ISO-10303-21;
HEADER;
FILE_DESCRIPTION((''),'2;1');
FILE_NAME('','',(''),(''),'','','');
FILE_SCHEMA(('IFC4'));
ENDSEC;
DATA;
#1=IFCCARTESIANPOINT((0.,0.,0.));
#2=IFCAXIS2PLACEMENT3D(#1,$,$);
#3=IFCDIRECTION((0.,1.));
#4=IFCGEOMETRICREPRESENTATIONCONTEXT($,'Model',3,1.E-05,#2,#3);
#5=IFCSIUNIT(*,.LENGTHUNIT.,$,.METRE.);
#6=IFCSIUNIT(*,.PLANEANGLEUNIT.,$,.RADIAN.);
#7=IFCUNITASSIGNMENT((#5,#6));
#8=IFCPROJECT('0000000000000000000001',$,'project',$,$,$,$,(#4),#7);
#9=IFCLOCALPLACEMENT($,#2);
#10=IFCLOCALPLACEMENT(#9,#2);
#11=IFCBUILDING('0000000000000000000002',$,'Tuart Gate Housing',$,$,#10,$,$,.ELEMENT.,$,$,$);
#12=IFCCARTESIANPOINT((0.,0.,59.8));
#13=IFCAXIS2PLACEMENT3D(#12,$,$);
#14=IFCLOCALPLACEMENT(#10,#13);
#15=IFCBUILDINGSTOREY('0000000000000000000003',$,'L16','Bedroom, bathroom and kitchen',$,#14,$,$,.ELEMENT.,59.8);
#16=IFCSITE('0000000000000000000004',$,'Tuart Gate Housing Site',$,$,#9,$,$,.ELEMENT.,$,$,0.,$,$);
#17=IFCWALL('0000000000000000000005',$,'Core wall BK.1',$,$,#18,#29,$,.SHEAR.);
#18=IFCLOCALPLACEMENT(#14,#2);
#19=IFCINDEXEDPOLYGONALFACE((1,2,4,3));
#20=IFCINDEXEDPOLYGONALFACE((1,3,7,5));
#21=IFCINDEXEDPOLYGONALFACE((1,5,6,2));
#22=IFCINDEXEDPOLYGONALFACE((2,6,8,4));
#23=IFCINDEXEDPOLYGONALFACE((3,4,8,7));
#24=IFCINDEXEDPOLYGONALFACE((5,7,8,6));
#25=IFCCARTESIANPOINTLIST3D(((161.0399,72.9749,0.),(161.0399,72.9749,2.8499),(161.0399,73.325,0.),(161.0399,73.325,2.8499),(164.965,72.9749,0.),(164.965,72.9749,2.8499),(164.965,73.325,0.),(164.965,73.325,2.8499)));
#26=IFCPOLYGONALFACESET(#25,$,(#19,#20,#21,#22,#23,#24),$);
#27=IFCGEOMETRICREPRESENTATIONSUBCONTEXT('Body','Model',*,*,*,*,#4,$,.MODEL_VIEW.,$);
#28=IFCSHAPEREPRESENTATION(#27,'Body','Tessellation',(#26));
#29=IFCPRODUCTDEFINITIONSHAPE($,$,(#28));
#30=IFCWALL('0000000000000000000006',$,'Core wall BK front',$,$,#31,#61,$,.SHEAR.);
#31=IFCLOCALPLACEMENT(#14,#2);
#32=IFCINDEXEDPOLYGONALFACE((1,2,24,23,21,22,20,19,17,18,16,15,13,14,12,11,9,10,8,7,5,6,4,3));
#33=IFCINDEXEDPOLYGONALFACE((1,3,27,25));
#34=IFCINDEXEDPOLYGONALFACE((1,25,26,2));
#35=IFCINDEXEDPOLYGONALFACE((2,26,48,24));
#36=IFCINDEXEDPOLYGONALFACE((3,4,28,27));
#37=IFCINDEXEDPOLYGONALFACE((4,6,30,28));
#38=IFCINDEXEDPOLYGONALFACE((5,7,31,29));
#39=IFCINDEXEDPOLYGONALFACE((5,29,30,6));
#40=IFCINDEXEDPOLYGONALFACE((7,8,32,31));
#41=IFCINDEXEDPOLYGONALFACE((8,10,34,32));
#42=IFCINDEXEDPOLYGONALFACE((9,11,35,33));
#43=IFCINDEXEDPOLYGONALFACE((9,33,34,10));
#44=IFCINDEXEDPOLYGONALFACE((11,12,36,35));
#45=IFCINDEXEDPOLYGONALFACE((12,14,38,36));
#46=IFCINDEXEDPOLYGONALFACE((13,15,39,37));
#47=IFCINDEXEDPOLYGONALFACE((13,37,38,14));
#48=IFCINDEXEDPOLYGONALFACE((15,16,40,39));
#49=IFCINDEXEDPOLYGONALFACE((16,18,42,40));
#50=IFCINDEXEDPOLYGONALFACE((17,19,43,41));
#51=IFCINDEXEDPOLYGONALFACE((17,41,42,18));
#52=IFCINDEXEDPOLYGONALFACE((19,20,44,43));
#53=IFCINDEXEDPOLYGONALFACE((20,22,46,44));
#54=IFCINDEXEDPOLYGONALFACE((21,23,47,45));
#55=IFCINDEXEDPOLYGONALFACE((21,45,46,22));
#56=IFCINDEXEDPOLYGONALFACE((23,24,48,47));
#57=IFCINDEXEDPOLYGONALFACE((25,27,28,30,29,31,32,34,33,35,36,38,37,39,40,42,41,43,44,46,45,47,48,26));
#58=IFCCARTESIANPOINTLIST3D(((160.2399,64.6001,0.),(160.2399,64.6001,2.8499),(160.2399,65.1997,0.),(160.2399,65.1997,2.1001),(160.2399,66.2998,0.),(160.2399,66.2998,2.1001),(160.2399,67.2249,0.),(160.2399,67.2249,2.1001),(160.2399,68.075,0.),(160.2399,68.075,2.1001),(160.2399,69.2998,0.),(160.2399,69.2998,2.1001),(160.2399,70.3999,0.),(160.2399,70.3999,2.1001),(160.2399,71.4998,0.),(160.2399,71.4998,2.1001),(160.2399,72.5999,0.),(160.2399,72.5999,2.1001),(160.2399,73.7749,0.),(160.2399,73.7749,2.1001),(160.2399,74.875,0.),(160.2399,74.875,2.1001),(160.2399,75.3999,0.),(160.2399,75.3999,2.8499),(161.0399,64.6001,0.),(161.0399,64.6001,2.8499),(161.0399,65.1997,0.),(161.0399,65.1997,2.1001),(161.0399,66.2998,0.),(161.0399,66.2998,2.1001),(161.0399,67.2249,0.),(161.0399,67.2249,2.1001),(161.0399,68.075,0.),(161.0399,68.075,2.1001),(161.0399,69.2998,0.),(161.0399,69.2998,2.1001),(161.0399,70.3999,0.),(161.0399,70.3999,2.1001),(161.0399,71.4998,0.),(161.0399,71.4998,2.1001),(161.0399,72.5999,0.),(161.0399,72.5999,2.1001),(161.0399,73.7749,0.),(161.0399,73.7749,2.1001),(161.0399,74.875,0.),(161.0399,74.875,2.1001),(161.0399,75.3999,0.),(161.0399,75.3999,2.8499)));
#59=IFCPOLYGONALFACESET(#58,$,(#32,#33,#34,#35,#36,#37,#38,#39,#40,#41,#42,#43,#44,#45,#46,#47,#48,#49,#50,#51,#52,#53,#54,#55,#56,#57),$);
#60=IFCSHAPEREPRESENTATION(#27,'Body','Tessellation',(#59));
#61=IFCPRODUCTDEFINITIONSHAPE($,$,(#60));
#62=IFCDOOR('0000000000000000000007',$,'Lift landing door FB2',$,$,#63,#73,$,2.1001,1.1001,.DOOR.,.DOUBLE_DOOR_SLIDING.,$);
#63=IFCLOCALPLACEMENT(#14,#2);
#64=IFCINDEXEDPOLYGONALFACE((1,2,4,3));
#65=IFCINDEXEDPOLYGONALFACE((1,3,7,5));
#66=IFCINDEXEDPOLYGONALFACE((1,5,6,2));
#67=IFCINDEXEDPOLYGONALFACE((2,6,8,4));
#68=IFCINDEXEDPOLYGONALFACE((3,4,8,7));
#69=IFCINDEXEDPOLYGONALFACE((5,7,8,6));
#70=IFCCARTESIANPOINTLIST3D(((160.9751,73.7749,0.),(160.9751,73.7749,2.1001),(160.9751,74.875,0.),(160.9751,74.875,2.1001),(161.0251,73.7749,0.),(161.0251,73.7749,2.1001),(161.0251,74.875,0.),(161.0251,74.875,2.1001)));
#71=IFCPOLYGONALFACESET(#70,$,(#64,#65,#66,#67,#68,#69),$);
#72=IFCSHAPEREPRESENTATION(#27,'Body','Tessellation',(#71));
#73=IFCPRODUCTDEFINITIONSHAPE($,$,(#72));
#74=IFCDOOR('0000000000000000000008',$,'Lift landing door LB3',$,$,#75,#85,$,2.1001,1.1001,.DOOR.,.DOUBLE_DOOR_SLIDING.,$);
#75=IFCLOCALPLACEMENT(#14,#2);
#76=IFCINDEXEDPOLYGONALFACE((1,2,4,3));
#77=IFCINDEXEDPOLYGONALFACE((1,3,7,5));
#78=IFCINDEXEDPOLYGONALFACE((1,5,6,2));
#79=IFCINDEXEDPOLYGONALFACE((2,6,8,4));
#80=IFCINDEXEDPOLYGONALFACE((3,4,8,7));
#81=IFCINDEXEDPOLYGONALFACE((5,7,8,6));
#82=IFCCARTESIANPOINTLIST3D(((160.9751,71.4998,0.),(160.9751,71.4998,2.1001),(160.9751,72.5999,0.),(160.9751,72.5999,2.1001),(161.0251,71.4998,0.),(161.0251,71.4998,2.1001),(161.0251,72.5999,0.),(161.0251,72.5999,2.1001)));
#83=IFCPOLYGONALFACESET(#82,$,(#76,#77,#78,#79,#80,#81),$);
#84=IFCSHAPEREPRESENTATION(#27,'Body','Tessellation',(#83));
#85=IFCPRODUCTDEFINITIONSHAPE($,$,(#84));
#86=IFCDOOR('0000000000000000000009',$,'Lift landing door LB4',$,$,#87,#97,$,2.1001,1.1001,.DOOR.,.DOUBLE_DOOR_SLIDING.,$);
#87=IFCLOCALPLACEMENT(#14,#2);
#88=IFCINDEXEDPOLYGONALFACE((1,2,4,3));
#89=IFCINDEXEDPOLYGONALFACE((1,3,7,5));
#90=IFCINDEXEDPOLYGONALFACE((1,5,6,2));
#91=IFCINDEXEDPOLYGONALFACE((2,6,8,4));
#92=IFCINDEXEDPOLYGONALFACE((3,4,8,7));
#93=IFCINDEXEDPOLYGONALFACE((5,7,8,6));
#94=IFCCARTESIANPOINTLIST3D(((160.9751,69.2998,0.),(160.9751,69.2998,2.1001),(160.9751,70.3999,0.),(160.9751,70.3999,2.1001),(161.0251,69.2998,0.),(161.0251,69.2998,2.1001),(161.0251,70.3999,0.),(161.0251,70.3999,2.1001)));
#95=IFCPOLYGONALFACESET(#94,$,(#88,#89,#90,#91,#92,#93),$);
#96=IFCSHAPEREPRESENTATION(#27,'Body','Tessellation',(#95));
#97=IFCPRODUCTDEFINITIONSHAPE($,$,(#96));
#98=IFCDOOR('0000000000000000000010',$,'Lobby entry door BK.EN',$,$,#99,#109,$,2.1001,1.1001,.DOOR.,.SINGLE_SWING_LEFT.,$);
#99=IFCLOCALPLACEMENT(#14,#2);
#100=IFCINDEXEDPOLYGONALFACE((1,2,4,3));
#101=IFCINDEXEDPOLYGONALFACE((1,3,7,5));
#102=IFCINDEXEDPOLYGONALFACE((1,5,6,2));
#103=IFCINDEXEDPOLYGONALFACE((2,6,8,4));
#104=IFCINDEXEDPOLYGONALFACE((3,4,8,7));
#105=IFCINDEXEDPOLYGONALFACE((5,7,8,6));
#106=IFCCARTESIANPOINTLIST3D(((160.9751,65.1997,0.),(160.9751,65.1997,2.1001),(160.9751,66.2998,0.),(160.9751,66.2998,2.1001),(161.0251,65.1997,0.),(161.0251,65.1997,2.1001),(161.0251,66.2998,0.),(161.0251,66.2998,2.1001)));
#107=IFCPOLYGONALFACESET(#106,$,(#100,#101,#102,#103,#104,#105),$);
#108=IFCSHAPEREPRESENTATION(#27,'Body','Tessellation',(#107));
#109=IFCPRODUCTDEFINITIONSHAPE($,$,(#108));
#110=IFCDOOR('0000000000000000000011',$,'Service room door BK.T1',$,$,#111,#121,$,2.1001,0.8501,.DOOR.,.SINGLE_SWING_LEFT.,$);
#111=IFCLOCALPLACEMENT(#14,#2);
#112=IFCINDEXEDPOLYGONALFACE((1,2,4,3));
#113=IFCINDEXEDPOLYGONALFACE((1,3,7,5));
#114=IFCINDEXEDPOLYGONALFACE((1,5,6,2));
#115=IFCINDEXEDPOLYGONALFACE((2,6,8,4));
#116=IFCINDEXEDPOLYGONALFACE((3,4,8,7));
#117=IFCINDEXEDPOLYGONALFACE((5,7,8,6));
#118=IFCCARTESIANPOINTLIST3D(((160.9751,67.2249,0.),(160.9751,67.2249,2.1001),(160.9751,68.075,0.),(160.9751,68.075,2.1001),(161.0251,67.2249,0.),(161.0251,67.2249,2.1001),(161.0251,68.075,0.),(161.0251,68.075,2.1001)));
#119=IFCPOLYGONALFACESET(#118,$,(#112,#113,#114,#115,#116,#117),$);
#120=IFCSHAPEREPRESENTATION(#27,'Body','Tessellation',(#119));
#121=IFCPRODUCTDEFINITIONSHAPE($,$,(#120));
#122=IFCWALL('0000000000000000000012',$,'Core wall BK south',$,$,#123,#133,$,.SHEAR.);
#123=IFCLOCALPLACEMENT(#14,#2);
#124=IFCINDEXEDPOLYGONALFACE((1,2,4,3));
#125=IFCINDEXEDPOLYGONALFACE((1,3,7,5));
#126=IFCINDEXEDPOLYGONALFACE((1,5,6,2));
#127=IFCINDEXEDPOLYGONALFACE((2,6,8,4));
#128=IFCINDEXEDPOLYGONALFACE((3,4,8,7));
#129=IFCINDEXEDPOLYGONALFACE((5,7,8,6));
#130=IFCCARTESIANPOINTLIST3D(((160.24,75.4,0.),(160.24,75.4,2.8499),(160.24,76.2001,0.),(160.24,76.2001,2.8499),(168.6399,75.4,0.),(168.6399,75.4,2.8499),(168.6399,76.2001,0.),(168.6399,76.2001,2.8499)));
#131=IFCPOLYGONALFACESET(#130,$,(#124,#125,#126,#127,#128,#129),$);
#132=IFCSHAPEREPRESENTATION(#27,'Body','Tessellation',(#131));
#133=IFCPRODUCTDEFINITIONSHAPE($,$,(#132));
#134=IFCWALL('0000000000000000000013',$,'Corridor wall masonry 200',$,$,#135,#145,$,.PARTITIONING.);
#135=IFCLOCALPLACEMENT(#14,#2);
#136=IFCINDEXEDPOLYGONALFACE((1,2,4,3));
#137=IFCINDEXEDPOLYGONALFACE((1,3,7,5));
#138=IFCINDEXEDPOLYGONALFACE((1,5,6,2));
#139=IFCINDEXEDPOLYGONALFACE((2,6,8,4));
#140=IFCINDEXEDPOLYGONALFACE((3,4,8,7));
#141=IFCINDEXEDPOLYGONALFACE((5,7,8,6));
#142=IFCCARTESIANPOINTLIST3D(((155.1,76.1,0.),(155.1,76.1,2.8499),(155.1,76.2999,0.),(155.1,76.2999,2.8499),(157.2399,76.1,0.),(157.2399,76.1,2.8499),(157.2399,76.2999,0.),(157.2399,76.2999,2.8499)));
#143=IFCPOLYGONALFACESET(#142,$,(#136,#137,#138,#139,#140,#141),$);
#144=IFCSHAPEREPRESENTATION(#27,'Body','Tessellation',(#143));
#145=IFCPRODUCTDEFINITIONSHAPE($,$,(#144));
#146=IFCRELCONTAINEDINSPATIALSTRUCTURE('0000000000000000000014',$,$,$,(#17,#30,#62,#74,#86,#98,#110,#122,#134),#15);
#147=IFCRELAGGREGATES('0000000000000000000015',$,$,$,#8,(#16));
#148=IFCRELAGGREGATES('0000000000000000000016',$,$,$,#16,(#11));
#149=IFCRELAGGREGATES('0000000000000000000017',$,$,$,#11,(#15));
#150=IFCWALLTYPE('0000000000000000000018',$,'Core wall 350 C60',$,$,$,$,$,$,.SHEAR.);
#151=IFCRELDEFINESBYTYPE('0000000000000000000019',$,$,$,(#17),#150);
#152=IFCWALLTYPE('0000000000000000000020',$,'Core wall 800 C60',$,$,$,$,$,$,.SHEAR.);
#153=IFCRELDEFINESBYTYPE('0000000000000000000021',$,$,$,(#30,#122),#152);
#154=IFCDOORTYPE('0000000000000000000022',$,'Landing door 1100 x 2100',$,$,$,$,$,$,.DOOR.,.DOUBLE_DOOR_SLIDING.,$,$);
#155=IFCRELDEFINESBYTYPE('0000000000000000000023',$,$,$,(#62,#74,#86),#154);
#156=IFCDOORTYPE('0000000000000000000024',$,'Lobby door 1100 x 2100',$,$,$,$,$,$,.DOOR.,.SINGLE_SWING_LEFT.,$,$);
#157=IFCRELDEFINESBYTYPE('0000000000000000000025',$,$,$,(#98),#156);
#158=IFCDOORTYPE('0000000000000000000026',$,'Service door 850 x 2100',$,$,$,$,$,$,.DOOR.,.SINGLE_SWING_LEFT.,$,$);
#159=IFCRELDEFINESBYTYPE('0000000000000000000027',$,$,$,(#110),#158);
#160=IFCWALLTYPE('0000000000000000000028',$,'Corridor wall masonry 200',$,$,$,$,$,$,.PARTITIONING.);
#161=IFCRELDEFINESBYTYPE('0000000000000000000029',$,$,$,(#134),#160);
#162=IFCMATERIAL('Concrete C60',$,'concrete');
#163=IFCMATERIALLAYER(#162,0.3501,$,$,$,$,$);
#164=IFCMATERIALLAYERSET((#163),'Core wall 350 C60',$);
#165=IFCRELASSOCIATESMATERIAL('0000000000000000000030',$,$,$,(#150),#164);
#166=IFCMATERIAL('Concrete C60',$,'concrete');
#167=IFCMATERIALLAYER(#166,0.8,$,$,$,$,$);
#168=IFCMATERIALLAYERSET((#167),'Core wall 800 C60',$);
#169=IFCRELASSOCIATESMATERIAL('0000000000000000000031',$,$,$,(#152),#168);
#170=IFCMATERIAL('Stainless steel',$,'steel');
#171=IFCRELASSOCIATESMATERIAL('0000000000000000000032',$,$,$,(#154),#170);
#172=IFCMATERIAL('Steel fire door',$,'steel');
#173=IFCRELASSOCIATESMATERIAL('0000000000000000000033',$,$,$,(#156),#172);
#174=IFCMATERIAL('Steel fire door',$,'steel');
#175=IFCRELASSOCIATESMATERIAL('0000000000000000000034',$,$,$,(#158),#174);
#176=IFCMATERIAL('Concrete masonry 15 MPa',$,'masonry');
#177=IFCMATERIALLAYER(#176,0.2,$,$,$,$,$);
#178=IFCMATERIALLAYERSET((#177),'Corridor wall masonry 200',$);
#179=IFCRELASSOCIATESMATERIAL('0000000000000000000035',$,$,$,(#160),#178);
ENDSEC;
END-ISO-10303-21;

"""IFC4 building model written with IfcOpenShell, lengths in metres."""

from ifc_helpers import new_model, si_unit, direction, frame, frame_2d, origin, place, context, subcontext, project, spatial, rectangle, extrude, material, layer, layer_set, type_object, element, fill, save


model = new_model("IFC4")

# Units and contexts
model_context = context("Model", 3, precision=1e-05, world=origin(), true_north=direction((0.0, 1.0)))
body_context = subcontext(model_context, "Body", "Model", "MODEL_VIEW")
ifc_project = project(units=[si_unit("LENGTHUNIT", "METRE"), si_unit("PLANEANGLEUNIT", "RADIAN")], contexts=[model_context])

# Site, building, storey
site_placement = place(None, origin())
site = spatial("IfcSite", under=ifc_project, at=site_placement, Name="Tuart Gate Housing Site", CompositionType="ELEMENT", RefElevation=0.0)
building_placement = place(site_placement, origin())
building = spatial("IfcBuilding", under=site, at=building_placement, Name="Tuart Gate Housing", CompositionType="ELEMENT")
storey_placement = place(building_placement, frame((0.0, 0.0, 59.8)))
storey = spatial("IfcBuildingStorey", under=building, at=storey_placement, Name="L16", Description="Bedroom, bathroom and kitchen", CompositionType="ELEMENT", Elevation=59.8)

# Wall
ifc_material_1 = material(Name="Concrete C60", Category="concrete")
ifc_layer_1 = layer(ifc_material_1, 0.3501)
ifc_layer_set_1 = layer_set([ifc_layer_1], Name="Core wall 350 C60")
wall_type_1 = type_object("IfcWallType", Name="Core wall 350 C60", PredefinedType="SHEAR", material=ifc_layer_set_1)
wall_1_placement = place(storey_placement, frame((161.04, 73.1499, 0.0), z_axis=(0.0, 0.0, 1.0), x_axis=(1.0, 0.0, 0.0)))
element("IfcWall", 1, at=wall_1_placement, inside=storey, type_object=wall_type_1, Name="Core wall BK.1", PredefinedType="SHEAR", context=body_context, shape_type="SweptSolid", body=[
    extrude(rectangle(XDim=3.925, YDim=0.3501, at=frame_2d((1.9624, 0.0))), origin(), (0.0, 0.0, 1.0), 2.8499),
])

# Wall, openings, doors
ifc_material_2 = material(Name="Concrete C60", Category="concrete")
ifc_layer_2 = layer(ifc_material_2, 0.8)
ifc_layer_set_2 = layer_set([ifc_layer_2], Name="Core wall 800 C60")
wall_type_2 = type_object("IfcWallType", Name="Core wall 800 C60", PredefinedType="SHEAR", material=ifc_layer_set_2)
wall_2_placement = place(storey_placement, frame((160.6399, 75.3999, 0.0), z_axis=(0.0, 0.0, 1.0), x_axis=(0.0, -1.0, 0.0)))
wall_2 = element("IfcWall", 2, at=wall_2_placement, inside=storey, type_object=wall_type_2, Name="Core wall BK front", PredefinedType="SHEAR", context=body_context, shape_type="SweptSolid", body=[
    extrude(rectangle(XDim=10.7998, YDim=0.8, at=frame_2d((5.3999, 0.0))), origin(), (0.0, 0.0, 1.0), 2.8499),
])
opening_1_placement = place(wall_2_placement, frame((0.5249, 0.0, 0.0)))
opening_1 = element("IfcOpeningElement", 3, at=opening_1_placement, cuts=wall_2, PredefinedType="OPENING", context=body_context, shape_type="SweptSolid", body=[
    extrude(rectangle(XDim=1.1001, YDim=2.1001, at=frame_2d((0.55, 1.05))), frame((0.0, 0.4099, 0.0), z_axis=(0.0, -1.0, 0.0), x_axis=(1.0, 0.0, 0.0)), (0.0, 0.0, 1.0), 0.8201),
])
opening_2_placement = place(wall_2_placement, frame((2.8, 0.0, 0.0)))
opening_2 = element("IfcOpeningElement", 4, at=opening_2_placement, cuts=wall_2, PredefinedType="OPENING", context=body_context, shape_type="SweptSolid", body=[
    extrude(rectangle(XDim=1.1001, YDim=2.1001, at=frame_2d((0.55, 1.05))), frame((0.0, 0.4099, 0.0), z_axis=(0.0, -1.0, 0.0), x_axis=(1.0, 0.0, 0.0)), (0.0, 0.0, 1.0), 0.8201),
])
opening_3_placement = place(wall_2_placement, frame((5.0, 0.0, 0.0)))
opening_3 = element("IfcOpeningElement", 5, at=opening_3_placement, cuts=wall_2, PredefinedType="OPENING", context=body_context, shape_type="SweptSolid", body=[
    extrude(rectangle(XDim=1.1001, YDim=2.1001, at=frame_2d((0.55, 1.05))), frame((0.0, 0.4099, 0.0), z_axis=(0.0, -1.0, 0.0), x_axis=(1.0, 0.0, 0.0)), (0.0, 0.0, 1.0), 0.8201),
])
opening_4_placement = place(wall_2_placement, frame((9.1001, 0.0, 0.0)))
opening_4 = element("IfcOpeningElement", 6, at=opening_4_placement, cuts=wall_2, PredefinedType="OPENING", context=body_context, shape_type="SweptSolid", body=[
    extrude(rectangle(XDim=1.1001, YDim=2.1001, at=frame_2d((0.55, 1.05))), frame((0.0, 0.4099, 0.0), z_axis=(0.0, -1.0, 0.0), x_axis=(1.0, 0.0, 0.0)), (0.0, 0.0, 1.0), 0.8201),
])
opening_5_placement = place(wall_2_placement, frame((7.325, 0.0, 0.0)))
opening_5 = element("IfcOpeningElement", 7, at=opening_5_placement, cuts=wall_2, PredefinedType="OPENING", context=body_context, shape_type="SweptSolid", body=[
    extrude(rectangle(XDim=0.8501, YDim=2.1001, at=frame_2d((0.425, 1.05))), frame((0.0, 0.4099, 0.0), z_axis=(0.0, -1.0, 0.0), x_axis=(1.0, 0.0, 0.0)), (0.0, 0.0, 1.0), 0.8201),
])
ifc_material_3 = material(Name="Stainless steel", Category="steel")
door_type_1 = type_object("IfcDoorType", Name="Landing door 1100 x 2100", OperationType="DOUBLE_DOOR_SLIDING", PredefinedType="DOOR", material=ifc_material_3)
door_1_placement = place(opening_1_placement, origin())
door_1 = element("IfcDoor", 8, at=door_1_placement, inside=storey, type_object=door_type_1, Name="Lift landing door FB2", OperationType="DOUBLE_DOOR_SLIDING", OverallHeight=2.1001, OverallWidth=1.1001, PredefinedType="DOOR", context=body_context, shape_type="SweptSolid", body=[
    extrude(rectangle(XDim=1.1001, YDim=2.1001, at=frame_2d((0.55, 1.05))), frame((0.0, 0.3853, 0.0), z_axis=(0.0, -1.0, 0.0), x_axis=(1.0, 0.0, 0.0)), (0.0, 0.0, 1.0), 0.05),
])
fill(opening_1, door_1)
door_2_placement = place(opening_2_placement, origin())
door_2 = element("IfcDoor", 9, at=door_2_placement, inside=storey, type_object=door_type_1, Name="Lift landing door LB3", OperationType="DOUBLE_DOOR_SLIDING", OverallHeight=2.1001, OverallWidth=1.1001, PredefinedType="DOOR", context=body_context, shape_type="SweptSolid", body=[
    extrude(rectangle(XDim=1.1001, YDim=2.1001, at=frame_2d((0.55, 1.05))), frame((0.0, 0.3853, 0.0), z_axis=(0.0, -1.0, 0.0), x_axis=(1.0, 0.0, 0.0)), (0.0, 0.0, 1.0), 0.05),
])
fill(opening_2, door_2)
door_3_placement = place(opening_3_placement, origin())
door_3 = element("IfcDoor", 10, at=door_3_placement, inside=storey, type_object=door_type_1, Name="Lift landing door LB4", OperationType="DOUBLE_DOOR_SLIDING", OverallHeight=2.1001, OverallWidth=1.1001, PredefinedType="DOOR", context=body_context, shape_type="SweptSolid", body=[
    extrude(rectangle(XDim=1.1001, YDim=2.1001, at=frame_2d((0.55, 1.05))), frame((0.0, 0.3853, 0.0), z_axis=(0.0, -1.0, 0.0), x_axis=(1.0, 0.0, 0.0)), (0.0, 0.0, 1.0), 0.05),
])
fill(opening_3, door_3)
ifc_material_4 = material(Name="Steel fire door", Category="steel")
door_type_2 = type_object("IfcDoorType", Name="Lobby door 1100 x 2100", OperationType="SINGLE_SWING_LEFT", PredefinedType="DOOR", material=ifc_material_4)
door_4_placement = place(opening_4_placement, origin())
door_4 = element("IfcDoor", 11, at=door_4_placement, inside=storey, type_object=door_type_2, Name="Lobby entry door BK.EN", OperationType="SINGLE_SWING_LEFT", OverallHeight=2.1001, OverallWidth=1.1001, PredefinedType="DOOR", context=body_context, shape_type="SweptSolid", body=[
    extrude(rectangle(XDim=1.1001, YDim=2.1001, at=frame_2d((0.55, 1.05))), frame((0.0, 0.3853, 0.0), z_axis=(0.0, -1.0, 0.0), x_axis=(1.0, 0.0, 0.0)), (0.0, 0.0, 1.0), 0.05),
])
fill(opening_4, door_4)
ifc_material_5 = material(Name="Steel fire door", Category="steel")
door_type_3 = type_object("IfcDoorType", Name="Service door 850 x 2100", OperationType="SINGLE_SWING_LEFT", PredefinedType="DOOR", material=ifc_material_5)
door_5_placement = place(opening_5_placement, origin())
door_5 = element("IfcDoor", 12, at=door_5_placement, inside=storey, type_object=door_type_3, Name="Service room door BK.T1", OperationType="SINGLE_SWING_LEFT", OverallHeight=2.1001, OverallWidth=0.8501, PredefinedType="DOOR", context=body_context, shape_type="SweptSolid", body=[
    extrude(rectangle(XDim=0.8501, YDim=2.1001, at=frame_2d((0.425, 1.05))), frame((0.0, 0.3853, 0.0), z_axis=(0.0, -1.0, 0.0), x_axis=(1.0, 0.0, 0.0)), (0.0, 0.0, 1.0), 0.05),
])
fill(opening_5, door_5)

# Walls
wall_3_placement = place(storey_placement, frame((160.24, 75.8, 0.0), z_axis=(0.0, 0.0, 1.0), x_axis=(1.0, 0.0, 0.0)))
element("IfcWall", 13, at=wall_3_placement, inside=storey, type_object=wall_type_2, Name="Core wall BK south", PredefinedType="SHEAR", context=body_context, shape_type="SweptSolid", body=[
    extrude(rectangle(XDim=8.3999, YDim=0.8, at=frame_2d((4.2, 0.0))), origin(), (0.0, 0.0, 1.0), 2.8499),
])
ifc_material_6 = material(Name="Concrete masonry 15 MPa", Category="masonry")
ifc_layer_3 = layer(ifc_material_6, 0.2)
ifc_layer_set_3 = layer_set([ifc_layer_3], Name="Corridor wall masonry 200")
wall_type_3 = type_object("IfcWallType", Name="Corridor wall masonry 200", PredefinedType="PARTITIONING", material=ifc_layer_set_3)
wall_4_placement = place(storey_placement, frame((155.1001, 76.2, 0.0), z_axis=(0.0, 0.0, 1.0), x_axis=(1.0, 0.0, 0.0)))
element("IfcWall", 14, at=wall_4_placement, inside=storey, type_object=wall_type_3, Name="Corridor wall masonry 200", PredefinedType="PARTITIONING", context=body_context, shape_type="SweptSolid", body=[
    extrude(rectangle(XDim=2.1399, YDim=0.2, at=frame_2d((1.0698, 0.0))), origin(), (0.0, 0.0, 1.0), 2.8499),
])

save(model, "model.ifc")
